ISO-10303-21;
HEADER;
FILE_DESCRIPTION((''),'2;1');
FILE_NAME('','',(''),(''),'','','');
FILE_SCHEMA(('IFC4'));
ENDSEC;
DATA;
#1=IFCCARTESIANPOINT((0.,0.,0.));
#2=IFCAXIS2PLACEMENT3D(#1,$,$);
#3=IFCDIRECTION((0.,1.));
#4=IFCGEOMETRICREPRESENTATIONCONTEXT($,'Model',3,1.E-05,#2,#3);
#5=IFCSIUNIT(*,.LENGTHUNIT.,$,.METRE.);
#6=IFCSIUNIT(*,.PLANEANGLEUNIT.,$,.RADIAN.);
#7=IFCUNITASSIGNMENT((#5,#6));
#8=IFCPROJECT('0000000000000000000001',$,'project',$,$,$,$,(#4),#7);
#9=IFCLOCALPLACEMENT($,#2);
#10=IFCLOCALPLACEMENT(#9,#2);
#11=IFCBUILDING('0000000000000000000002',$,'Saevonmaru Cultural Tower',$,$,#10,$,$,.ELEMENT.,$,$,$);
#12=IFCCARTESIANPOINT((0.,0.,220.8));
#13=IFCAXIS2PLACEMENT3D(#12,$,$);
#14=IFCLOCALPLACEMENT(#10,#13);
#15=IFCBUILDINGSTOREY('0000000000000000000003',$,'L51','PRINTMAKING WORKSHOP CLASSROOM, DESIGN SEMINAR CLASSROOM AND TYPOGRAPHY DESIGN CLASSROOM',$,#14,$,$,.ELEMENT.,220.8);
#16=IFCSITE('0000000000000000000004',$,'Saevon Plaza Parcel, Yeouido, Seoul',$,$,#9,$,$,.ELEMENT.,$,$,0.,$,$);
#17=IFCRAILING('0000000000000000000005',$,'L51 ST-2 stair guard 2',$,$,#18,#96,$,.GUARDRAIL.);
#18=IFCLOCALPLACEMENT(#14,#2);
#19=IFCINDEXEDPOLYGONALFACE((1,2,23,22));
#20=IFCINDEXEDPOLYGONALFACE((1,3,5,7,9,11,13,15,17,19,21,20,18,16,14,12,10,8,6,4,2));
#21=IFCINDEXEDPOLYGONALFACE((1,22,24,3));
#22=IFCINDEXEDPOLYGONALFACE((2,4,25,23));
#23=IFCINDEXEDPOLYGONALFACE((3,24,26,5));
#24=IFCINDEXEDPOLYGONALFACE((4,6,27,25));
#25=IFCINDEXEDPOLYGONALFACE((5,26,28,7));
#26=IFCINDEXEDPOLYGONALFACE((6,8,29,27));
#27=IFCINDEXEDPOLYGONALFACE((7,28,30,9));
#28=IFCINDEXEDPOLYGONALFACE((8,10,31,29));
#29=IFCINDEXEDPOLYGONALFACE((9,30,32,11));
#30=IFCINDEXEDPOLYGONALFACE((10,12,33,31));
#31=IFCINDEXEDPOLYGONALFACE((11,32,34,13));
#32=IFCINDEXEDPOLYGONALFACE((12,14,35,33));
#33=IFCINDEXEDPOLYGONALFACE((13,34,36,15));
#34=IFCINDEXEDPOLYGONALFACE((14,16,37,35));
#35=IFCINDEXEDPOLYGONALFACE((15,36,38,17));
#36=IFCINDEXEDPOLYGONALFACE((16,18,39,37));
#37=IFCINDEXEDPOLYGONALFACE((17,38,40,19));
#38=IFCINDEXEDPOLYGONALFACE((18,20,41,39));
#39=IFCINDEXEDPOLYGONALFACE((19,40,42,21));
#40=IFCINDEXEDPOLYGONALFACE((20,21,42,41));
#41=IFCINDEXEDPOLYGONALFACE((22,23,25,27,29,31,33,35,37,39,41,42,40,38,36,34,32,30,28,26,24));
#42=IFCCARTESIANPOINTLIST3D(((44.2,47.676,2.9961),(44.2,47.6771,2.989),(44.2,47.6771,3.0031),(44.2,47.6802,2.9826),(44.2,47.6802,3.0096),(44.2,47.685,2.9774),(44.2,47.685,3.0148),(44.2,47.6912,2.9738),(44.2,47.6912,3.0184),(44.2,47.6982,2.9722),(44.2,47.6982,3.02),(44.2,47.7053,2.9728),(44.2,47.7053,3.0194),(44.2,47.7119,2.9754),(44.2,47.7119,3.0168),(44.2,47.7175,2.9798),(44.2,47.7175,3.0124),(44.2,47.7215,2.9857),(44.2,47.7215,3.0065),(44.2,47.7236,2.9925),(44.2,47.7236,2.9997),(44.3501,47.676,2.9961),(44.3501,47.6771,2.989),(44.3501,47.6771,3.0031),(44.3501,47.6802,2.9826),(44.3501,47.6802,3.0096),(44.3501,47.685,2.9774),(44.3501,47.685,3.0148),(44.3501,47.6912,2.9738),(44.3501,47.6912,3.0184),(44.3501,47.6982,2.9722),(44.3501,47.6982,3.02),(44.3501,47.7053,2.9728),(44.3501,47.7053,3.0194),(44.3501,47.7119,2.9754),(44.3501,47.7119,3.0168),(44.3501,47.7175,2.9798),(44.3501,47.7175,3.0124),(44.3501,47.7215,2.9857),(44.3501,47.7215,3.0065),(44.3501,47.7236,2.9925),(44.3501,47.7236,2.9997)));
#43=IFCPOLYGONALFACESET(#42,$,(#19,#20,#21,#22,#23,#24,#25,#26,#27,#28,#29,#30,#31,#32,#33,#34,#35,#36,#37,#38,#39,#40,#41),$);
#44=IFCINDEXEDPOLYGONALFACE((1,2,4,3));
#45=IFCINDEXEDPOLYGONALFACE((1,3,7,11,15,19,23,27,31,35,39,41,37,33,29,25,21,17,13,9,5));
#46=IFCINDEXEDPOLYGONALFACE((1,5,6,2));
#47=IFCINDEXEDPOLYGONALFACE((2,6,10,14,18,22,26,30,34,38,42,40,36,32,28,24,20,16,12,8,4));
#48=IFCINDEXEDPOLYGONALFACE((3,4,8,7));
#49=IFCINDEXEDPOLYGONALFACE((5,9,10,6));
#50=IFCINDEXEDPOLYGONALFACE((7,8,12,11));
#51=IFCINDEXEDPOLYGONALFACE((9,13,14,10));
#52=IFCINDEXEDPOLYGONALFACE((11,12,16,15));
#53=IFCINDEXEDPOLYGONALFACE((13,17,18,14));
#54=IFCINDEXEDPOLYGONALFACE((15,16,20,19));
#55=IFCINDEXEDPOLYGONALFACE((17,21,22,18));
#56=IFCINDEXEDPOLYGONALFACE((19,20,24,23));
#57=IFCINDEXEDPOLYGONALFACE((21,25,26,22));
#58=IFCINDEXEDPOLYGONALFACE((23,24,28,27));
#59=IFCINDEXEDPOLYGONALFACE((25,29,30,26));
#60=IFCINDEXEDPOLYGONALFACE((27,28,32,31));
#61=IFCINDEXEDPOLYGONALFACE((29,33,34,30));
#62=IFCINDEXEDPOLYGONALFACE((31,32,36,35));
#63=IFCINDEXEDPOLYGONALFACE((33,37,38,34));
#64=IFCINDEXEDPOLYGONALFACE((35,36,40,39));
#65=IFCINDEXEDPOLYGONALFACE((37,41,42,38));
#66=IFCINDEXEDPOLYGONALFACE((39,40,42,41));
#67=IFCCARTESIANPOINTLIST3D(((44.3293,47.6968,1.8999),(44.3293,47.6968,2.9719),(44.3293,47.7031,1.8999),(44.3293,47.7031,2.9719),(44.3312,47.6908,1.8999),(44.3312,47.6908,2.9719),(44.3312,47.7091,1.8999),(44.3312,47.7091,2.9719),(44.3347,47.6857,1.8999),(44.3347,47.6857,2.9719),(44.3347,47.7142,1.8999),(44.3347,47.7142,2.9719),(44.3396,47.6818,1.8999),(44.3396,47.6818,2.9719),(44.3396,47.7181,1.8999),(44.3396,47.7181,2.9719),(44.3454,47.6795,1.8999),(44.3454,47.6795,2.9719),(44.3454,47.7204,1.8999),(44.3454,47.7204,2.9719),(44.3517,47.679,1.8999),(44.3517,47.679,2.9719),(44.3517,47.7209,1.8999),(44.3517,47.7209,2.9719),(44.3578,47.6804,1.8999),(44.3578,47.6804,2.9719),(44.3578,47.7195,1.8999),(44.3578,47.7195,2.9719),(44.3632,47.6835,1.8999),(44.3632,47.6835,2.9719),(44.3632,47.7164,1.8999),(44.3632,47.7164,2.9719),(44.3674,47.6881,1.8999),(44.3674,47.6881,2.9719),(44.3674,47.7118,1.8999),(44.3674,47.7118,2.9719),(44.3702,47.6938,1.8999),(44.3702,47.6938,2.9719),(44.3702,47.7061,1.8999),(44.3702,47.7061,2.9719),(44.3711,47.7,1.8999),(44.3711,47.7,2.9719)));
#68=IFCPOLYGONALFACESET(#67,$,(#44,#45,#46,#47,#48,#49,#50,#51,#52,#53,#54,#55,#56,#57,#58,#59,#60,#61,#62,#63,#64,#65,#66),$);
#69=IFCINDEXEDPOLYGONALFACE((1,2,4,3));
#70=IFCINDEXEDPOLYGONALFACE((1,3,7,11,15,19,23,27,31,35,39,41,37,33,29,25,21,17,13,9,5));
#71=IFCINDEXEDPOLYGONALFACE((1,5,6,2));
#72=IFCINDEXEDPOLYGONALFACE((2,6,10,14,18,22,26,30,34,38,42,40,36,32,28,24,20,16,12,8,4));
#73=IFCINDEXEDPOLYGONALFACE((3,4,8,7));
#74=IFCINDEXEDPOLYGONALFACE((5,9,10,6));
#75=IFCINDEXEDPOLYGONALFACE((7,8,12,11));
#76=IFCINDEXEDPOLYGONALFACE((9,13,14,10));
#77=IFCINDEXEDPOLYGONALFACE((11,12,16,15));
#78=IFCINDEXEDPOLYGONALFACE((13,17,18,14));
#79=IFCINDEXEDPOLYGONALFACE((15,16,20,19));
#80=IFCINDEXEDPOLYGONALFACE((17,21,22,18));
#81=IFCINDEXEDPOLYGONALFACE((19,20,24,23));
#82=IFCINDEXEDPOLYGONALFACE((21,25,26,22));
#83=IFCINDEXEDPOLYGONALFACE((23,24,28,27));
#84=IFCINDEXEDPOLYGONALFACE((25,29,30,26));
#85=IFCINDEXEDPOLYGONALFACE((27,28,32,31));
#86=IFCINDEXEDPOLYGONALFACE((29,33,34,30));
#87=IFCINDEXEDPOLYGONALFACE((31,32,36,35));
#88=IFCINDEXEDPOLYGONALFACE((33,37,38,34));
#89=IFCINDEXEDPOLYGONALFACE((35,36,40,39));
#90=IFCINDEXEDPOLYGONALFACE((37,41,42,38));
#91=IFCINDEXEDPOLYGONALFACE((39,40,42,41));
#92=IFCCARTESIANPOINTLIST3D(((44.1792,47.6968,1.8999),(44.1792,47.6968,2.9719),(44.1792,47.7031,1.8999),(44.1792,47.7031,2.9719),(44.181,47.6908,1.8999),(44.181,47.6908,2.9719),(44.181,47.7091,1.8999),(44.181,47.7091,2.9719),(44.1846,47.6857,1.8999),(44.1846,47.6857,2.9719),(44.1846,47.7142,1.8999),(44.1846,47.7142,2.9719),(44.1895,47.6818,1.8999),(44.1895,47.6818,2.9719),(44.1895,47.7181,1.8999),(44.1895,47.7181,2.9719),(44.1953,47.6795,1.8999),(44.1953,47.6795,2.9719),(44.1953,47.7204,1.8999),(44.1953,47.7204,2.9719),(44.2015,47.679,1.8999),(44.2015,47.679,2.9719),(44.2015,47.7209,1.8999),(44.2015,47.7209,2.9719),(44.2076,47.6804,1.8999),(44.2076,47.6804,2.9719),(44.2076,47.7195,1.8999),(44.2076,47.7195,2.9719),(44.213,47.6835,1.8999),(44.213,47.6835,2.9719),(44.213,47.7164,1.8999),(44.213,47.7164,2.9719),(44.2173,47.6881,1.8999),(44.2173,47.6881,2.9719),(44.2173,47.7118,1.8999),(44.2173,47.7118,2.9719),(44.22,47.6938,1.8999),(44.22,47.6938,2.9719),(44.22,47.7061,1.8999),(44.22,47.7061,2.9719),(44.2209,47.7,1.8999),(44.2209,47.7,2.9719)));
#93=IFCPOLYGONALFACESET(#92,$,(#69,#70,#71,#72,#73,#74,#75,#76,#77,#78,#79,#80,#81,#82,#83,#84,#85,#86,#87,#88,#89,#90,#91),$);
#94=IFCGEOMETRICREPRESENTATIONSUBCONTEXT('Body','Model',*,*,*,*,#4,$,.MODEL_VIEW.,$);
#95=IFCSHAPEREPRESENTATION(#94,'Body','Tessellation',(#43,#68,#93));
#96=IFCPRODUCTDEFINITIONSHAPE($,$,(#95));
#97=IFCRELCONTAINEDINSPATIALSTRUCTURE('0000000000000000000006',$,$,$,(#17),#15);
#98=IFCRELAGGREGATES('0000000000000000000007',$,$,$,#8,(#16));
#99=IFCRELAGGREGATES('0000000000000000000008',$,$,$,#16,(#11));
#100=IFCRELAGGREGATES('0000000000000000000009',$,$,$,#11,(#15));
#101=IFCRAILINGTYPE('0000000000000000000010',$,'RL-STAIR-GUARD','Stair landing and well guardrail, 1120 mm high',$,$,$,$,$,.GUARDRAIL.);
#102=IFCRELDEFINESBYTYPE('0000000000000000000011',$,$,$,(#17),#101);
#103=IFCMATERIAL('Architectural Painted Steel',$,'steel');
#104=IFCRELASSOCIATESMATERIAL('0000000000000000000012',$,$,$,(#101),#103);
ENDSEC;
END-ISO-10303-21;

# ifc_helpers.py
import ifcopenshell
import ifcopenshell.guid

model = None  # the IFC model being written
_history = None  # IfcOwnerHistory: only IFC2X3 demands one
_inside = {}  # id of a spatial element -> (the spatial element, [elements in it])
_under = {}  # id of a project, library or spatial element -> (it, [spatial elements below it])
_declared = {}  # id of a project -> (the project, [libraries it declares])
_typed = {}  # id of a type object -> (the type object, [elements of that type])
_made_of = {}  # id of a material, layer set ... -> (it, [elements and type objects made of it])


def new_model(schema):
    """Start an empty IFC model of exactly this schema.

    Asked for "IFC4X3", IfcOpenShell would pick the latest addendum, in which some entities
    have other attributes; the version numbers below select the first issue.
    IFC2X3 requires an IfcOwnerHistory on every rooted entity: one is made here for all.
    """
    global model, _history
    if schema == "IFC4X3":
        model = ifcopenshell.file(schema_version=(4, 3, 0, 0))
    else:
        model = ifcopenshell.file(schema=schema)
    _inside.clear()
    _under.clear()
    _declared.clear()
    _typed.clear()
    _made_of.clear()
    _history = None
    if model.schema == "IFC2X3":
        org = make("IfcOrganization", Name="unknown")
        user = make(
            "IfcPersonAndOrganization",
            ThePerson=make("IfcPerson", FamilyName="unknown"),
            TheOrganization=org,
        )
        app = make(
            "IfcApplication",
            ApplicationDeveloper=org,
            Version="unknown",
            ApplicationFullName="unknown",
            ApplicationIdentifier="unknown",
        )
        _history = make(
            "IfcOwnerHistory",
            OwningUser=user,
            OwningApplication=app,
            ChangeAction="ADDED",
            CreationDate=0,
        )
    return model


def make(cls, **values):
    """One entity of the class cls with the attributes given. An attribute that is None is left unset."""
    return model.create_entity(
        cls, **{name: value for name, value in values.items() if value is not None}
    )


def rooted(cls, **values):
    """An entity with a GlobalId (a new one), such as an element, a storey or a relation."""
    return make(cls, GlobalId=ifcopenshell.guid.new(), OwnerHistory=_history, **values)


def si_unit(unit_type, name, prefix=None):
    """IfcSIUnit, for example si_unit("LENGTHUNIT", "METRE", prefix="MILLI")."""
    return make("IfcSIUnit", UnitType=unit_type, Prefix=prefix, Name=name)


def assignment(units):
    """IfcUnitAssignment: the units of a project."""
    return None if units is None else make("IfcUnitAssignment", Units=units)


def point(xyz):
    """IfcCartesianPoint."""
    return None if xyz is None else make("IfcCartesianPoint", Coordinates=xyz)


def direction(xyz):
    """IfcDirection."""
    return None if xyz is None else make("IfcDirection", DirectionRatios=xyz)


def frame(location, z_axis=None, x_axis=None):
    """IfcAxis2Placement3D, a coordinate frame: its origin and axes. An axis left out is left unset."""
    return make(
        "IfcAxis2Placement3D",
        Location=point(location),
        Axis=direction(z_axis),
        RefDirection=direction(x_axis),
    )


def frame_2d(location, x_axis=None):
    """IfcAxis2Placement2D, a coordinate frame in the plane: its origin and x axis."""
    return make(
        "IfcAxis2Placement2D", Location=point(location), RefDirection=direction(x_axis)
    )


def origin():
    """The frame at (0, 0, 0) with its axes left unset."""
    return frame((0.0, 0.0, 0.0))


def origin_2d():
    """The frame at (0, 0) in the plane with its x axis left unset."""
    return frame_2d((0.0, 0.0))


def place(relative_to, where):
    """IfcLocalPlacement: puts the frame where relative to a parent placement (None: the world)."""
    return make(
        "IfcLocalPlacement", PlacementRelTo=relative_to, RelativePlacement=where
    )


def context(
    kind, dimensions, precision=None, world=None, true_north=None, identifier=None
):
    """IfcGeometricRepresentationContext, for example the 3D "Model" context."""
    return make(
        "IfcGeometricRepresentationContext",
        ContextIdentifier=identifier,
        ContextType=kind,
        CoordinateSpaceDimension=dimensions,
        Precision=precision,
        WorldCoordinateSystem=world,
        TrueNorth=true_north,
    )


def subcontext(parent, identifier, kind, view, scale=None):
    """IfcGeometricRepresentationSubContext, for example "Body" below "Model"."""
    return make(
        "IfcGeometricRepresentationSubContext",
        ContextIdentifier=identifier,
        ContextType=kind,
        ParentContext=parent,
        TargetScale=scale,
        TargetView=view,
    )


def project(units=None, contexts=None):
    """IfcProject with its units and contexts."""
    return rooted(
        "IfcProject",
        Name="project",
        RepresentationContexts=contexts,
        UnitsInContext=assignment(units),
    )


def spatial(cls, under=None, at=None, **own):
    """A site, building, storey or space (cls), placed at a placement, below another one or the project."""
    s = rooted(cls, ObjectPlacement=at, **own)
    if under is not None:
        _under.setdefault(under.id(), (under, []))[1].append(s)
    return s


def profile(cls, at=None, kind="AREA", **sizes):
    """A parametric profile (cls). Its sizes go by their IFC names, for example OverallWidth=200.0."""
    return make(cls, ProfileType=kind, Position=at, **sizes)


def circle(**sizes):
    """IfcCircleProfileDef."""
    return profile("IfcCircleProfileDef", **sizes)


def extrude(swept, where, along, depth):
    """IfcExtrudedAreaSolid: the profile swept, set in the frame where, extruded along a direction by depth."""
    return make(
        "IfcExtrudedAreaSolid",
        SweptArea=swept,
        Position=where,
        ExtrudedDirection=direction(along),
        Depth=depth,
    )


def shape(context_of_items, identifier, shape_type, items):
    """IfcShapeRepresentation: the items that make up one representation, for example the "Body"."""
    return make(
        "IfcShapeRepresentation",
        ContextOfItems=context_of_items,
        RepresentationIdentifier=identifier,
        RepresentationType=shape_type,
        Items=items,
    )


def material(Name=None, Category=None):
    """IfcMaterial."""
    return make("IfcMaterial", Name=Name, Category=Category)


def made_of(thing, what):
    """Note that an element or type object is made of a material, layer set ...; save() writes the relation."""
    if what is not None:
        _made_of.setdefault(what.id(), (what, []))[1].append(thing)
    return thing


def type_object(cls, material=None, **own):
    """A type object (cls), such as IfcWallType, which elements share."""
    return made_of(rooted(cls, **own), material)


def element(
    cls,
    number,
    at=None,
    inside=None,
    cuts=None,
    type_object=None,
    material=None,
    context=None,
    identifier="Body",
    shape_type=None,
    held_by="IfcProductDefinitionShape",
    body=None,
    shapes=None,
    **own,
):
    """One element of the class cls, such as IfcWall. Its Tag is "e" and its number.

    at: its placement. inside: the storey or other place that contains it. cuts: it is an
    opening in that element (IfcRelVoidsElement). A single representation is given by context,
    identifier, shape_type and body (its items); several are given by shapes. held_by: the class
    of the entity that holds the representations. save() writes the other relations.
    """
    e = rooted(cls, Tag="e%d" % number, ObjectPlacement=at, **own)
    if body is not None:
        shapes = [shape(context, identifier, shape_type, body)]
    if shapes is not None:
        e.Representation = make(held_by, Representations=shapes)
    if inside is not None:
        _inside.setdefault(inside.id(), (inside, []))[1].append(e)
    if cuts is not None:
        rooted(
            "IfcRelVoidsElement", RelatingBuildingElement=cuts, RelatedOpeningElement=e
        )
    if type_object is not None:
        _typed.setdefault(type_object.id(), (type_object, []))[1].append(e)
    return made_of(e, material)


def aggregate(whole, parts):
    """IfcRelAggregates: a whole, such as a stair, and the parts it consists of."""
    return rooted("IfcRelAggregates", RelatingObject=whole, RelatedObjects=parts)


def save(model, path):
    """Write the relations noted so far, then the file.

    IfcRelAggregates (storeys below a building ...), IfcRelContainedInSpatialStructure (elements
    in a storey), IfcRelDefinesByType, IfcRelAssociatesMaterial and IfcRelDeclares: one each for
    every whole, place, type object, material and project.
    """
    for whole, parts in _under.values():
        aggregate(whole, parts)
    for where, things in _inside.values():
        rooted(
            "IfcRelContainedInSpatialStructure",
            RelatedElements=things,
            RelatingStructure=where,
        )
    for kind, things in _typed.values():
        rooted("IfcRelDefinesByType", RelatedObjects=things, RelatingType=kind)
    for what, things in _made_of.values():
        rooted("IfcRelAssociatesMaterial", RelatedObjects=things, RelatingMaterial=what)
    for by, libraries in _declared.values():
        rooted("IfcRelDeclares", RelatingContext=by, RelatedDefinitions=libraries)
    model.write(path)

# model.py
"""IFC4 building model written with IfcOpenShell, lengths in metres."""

from ifc_helpers import new_model, si_unit, direction, frame, origin, origin_2d, place, context, subcontext, project, spatial, circle, extrude, material, type_object, element, save


model = new_model("IFC4")

# Units and contexts
model_context = context("Model", 3, precision=1e-05, world=origin(), true_north=direction((0.0, 1.0)))
body_context = subcontext(model_context, "Body", "Model", "MODEL_VIEW")
ifc_project = project(units=[si_unit("LENGTHUNIT", "METRE"), si_unit("PLANEANGLEUNIT", "RADIAN")], contexts=[model_context])

# Site, building, storey
site_placement = place(None, origin())
site = spatial("IfcSite", under=ifc_project, at=site_placement, Name="Saevon Plaza Parcel, Yeouido, Seoul", CompositionType="ELEMENT", RefElevation=0.0)
building_placement = place(site_placement, origin())
building = spatial("IfcBuilding", under=site, at=building_placement, Name="Saevonmaru Cultural Tower", CompositionType="ELEMENT")
storey_placement = place(building_placement, frame((0.0, 0.0, 220.8)))
storey = spatial("IfcBuildingStorey", under=building, at=storey_placement, Name="L51", Description="PRINTMAKING WORKSHOP CLASSROOM, DESIGN SEMINAR CLASSROOM AND TYPOGRAPHY DESIGN CLASSROOM", CompositionType="ELEMENT", Elevation=220.8)

# Railing
ifc_material_1 = material(Name="Architectural Painted Steel", Category="steel")
railing_type_1 = type_object("IfcRailingType", Name="RL-STAIR-GUARD", Description="Stair landing and well guardrail, 1120 mm high", PredefinedType="GUARDRAIL", material=ifc_material_1)
railing_1_placement = place(storey_placement, frame((44.3501, 47.7, 1.8999)))
element("IfcRailing", 1, at=railing_1_placement, inside=storey, type_object=railing_type_1, Name="L51 ST-2 stair guard 2", PredefinedType="GUARDRAIL", context=body_context, shape_type="SweptSolid", body=[
    extrude(circle(Radius=0.0239, at=origin_2d()), frame((0.0, 0.0, 1.0962), z_axis=(-1.0, 0.0, 0.0), x_axis=(0.0, -1.0, 0.0)), (0.0, 0.0, 1.0), 0.1501),
    extrude(circle(Radius=0.021, at=origin_2d()), origin(), (0.0, 0.0, 1.0), 1.072),
    extrude(circle(Radius=0.021, at=origin_2d()), frame((-0.1501, 0.0, 0.0)), (0.0, 0.0, 1.0), 1.072),
])

save(model, "model.ifc")
